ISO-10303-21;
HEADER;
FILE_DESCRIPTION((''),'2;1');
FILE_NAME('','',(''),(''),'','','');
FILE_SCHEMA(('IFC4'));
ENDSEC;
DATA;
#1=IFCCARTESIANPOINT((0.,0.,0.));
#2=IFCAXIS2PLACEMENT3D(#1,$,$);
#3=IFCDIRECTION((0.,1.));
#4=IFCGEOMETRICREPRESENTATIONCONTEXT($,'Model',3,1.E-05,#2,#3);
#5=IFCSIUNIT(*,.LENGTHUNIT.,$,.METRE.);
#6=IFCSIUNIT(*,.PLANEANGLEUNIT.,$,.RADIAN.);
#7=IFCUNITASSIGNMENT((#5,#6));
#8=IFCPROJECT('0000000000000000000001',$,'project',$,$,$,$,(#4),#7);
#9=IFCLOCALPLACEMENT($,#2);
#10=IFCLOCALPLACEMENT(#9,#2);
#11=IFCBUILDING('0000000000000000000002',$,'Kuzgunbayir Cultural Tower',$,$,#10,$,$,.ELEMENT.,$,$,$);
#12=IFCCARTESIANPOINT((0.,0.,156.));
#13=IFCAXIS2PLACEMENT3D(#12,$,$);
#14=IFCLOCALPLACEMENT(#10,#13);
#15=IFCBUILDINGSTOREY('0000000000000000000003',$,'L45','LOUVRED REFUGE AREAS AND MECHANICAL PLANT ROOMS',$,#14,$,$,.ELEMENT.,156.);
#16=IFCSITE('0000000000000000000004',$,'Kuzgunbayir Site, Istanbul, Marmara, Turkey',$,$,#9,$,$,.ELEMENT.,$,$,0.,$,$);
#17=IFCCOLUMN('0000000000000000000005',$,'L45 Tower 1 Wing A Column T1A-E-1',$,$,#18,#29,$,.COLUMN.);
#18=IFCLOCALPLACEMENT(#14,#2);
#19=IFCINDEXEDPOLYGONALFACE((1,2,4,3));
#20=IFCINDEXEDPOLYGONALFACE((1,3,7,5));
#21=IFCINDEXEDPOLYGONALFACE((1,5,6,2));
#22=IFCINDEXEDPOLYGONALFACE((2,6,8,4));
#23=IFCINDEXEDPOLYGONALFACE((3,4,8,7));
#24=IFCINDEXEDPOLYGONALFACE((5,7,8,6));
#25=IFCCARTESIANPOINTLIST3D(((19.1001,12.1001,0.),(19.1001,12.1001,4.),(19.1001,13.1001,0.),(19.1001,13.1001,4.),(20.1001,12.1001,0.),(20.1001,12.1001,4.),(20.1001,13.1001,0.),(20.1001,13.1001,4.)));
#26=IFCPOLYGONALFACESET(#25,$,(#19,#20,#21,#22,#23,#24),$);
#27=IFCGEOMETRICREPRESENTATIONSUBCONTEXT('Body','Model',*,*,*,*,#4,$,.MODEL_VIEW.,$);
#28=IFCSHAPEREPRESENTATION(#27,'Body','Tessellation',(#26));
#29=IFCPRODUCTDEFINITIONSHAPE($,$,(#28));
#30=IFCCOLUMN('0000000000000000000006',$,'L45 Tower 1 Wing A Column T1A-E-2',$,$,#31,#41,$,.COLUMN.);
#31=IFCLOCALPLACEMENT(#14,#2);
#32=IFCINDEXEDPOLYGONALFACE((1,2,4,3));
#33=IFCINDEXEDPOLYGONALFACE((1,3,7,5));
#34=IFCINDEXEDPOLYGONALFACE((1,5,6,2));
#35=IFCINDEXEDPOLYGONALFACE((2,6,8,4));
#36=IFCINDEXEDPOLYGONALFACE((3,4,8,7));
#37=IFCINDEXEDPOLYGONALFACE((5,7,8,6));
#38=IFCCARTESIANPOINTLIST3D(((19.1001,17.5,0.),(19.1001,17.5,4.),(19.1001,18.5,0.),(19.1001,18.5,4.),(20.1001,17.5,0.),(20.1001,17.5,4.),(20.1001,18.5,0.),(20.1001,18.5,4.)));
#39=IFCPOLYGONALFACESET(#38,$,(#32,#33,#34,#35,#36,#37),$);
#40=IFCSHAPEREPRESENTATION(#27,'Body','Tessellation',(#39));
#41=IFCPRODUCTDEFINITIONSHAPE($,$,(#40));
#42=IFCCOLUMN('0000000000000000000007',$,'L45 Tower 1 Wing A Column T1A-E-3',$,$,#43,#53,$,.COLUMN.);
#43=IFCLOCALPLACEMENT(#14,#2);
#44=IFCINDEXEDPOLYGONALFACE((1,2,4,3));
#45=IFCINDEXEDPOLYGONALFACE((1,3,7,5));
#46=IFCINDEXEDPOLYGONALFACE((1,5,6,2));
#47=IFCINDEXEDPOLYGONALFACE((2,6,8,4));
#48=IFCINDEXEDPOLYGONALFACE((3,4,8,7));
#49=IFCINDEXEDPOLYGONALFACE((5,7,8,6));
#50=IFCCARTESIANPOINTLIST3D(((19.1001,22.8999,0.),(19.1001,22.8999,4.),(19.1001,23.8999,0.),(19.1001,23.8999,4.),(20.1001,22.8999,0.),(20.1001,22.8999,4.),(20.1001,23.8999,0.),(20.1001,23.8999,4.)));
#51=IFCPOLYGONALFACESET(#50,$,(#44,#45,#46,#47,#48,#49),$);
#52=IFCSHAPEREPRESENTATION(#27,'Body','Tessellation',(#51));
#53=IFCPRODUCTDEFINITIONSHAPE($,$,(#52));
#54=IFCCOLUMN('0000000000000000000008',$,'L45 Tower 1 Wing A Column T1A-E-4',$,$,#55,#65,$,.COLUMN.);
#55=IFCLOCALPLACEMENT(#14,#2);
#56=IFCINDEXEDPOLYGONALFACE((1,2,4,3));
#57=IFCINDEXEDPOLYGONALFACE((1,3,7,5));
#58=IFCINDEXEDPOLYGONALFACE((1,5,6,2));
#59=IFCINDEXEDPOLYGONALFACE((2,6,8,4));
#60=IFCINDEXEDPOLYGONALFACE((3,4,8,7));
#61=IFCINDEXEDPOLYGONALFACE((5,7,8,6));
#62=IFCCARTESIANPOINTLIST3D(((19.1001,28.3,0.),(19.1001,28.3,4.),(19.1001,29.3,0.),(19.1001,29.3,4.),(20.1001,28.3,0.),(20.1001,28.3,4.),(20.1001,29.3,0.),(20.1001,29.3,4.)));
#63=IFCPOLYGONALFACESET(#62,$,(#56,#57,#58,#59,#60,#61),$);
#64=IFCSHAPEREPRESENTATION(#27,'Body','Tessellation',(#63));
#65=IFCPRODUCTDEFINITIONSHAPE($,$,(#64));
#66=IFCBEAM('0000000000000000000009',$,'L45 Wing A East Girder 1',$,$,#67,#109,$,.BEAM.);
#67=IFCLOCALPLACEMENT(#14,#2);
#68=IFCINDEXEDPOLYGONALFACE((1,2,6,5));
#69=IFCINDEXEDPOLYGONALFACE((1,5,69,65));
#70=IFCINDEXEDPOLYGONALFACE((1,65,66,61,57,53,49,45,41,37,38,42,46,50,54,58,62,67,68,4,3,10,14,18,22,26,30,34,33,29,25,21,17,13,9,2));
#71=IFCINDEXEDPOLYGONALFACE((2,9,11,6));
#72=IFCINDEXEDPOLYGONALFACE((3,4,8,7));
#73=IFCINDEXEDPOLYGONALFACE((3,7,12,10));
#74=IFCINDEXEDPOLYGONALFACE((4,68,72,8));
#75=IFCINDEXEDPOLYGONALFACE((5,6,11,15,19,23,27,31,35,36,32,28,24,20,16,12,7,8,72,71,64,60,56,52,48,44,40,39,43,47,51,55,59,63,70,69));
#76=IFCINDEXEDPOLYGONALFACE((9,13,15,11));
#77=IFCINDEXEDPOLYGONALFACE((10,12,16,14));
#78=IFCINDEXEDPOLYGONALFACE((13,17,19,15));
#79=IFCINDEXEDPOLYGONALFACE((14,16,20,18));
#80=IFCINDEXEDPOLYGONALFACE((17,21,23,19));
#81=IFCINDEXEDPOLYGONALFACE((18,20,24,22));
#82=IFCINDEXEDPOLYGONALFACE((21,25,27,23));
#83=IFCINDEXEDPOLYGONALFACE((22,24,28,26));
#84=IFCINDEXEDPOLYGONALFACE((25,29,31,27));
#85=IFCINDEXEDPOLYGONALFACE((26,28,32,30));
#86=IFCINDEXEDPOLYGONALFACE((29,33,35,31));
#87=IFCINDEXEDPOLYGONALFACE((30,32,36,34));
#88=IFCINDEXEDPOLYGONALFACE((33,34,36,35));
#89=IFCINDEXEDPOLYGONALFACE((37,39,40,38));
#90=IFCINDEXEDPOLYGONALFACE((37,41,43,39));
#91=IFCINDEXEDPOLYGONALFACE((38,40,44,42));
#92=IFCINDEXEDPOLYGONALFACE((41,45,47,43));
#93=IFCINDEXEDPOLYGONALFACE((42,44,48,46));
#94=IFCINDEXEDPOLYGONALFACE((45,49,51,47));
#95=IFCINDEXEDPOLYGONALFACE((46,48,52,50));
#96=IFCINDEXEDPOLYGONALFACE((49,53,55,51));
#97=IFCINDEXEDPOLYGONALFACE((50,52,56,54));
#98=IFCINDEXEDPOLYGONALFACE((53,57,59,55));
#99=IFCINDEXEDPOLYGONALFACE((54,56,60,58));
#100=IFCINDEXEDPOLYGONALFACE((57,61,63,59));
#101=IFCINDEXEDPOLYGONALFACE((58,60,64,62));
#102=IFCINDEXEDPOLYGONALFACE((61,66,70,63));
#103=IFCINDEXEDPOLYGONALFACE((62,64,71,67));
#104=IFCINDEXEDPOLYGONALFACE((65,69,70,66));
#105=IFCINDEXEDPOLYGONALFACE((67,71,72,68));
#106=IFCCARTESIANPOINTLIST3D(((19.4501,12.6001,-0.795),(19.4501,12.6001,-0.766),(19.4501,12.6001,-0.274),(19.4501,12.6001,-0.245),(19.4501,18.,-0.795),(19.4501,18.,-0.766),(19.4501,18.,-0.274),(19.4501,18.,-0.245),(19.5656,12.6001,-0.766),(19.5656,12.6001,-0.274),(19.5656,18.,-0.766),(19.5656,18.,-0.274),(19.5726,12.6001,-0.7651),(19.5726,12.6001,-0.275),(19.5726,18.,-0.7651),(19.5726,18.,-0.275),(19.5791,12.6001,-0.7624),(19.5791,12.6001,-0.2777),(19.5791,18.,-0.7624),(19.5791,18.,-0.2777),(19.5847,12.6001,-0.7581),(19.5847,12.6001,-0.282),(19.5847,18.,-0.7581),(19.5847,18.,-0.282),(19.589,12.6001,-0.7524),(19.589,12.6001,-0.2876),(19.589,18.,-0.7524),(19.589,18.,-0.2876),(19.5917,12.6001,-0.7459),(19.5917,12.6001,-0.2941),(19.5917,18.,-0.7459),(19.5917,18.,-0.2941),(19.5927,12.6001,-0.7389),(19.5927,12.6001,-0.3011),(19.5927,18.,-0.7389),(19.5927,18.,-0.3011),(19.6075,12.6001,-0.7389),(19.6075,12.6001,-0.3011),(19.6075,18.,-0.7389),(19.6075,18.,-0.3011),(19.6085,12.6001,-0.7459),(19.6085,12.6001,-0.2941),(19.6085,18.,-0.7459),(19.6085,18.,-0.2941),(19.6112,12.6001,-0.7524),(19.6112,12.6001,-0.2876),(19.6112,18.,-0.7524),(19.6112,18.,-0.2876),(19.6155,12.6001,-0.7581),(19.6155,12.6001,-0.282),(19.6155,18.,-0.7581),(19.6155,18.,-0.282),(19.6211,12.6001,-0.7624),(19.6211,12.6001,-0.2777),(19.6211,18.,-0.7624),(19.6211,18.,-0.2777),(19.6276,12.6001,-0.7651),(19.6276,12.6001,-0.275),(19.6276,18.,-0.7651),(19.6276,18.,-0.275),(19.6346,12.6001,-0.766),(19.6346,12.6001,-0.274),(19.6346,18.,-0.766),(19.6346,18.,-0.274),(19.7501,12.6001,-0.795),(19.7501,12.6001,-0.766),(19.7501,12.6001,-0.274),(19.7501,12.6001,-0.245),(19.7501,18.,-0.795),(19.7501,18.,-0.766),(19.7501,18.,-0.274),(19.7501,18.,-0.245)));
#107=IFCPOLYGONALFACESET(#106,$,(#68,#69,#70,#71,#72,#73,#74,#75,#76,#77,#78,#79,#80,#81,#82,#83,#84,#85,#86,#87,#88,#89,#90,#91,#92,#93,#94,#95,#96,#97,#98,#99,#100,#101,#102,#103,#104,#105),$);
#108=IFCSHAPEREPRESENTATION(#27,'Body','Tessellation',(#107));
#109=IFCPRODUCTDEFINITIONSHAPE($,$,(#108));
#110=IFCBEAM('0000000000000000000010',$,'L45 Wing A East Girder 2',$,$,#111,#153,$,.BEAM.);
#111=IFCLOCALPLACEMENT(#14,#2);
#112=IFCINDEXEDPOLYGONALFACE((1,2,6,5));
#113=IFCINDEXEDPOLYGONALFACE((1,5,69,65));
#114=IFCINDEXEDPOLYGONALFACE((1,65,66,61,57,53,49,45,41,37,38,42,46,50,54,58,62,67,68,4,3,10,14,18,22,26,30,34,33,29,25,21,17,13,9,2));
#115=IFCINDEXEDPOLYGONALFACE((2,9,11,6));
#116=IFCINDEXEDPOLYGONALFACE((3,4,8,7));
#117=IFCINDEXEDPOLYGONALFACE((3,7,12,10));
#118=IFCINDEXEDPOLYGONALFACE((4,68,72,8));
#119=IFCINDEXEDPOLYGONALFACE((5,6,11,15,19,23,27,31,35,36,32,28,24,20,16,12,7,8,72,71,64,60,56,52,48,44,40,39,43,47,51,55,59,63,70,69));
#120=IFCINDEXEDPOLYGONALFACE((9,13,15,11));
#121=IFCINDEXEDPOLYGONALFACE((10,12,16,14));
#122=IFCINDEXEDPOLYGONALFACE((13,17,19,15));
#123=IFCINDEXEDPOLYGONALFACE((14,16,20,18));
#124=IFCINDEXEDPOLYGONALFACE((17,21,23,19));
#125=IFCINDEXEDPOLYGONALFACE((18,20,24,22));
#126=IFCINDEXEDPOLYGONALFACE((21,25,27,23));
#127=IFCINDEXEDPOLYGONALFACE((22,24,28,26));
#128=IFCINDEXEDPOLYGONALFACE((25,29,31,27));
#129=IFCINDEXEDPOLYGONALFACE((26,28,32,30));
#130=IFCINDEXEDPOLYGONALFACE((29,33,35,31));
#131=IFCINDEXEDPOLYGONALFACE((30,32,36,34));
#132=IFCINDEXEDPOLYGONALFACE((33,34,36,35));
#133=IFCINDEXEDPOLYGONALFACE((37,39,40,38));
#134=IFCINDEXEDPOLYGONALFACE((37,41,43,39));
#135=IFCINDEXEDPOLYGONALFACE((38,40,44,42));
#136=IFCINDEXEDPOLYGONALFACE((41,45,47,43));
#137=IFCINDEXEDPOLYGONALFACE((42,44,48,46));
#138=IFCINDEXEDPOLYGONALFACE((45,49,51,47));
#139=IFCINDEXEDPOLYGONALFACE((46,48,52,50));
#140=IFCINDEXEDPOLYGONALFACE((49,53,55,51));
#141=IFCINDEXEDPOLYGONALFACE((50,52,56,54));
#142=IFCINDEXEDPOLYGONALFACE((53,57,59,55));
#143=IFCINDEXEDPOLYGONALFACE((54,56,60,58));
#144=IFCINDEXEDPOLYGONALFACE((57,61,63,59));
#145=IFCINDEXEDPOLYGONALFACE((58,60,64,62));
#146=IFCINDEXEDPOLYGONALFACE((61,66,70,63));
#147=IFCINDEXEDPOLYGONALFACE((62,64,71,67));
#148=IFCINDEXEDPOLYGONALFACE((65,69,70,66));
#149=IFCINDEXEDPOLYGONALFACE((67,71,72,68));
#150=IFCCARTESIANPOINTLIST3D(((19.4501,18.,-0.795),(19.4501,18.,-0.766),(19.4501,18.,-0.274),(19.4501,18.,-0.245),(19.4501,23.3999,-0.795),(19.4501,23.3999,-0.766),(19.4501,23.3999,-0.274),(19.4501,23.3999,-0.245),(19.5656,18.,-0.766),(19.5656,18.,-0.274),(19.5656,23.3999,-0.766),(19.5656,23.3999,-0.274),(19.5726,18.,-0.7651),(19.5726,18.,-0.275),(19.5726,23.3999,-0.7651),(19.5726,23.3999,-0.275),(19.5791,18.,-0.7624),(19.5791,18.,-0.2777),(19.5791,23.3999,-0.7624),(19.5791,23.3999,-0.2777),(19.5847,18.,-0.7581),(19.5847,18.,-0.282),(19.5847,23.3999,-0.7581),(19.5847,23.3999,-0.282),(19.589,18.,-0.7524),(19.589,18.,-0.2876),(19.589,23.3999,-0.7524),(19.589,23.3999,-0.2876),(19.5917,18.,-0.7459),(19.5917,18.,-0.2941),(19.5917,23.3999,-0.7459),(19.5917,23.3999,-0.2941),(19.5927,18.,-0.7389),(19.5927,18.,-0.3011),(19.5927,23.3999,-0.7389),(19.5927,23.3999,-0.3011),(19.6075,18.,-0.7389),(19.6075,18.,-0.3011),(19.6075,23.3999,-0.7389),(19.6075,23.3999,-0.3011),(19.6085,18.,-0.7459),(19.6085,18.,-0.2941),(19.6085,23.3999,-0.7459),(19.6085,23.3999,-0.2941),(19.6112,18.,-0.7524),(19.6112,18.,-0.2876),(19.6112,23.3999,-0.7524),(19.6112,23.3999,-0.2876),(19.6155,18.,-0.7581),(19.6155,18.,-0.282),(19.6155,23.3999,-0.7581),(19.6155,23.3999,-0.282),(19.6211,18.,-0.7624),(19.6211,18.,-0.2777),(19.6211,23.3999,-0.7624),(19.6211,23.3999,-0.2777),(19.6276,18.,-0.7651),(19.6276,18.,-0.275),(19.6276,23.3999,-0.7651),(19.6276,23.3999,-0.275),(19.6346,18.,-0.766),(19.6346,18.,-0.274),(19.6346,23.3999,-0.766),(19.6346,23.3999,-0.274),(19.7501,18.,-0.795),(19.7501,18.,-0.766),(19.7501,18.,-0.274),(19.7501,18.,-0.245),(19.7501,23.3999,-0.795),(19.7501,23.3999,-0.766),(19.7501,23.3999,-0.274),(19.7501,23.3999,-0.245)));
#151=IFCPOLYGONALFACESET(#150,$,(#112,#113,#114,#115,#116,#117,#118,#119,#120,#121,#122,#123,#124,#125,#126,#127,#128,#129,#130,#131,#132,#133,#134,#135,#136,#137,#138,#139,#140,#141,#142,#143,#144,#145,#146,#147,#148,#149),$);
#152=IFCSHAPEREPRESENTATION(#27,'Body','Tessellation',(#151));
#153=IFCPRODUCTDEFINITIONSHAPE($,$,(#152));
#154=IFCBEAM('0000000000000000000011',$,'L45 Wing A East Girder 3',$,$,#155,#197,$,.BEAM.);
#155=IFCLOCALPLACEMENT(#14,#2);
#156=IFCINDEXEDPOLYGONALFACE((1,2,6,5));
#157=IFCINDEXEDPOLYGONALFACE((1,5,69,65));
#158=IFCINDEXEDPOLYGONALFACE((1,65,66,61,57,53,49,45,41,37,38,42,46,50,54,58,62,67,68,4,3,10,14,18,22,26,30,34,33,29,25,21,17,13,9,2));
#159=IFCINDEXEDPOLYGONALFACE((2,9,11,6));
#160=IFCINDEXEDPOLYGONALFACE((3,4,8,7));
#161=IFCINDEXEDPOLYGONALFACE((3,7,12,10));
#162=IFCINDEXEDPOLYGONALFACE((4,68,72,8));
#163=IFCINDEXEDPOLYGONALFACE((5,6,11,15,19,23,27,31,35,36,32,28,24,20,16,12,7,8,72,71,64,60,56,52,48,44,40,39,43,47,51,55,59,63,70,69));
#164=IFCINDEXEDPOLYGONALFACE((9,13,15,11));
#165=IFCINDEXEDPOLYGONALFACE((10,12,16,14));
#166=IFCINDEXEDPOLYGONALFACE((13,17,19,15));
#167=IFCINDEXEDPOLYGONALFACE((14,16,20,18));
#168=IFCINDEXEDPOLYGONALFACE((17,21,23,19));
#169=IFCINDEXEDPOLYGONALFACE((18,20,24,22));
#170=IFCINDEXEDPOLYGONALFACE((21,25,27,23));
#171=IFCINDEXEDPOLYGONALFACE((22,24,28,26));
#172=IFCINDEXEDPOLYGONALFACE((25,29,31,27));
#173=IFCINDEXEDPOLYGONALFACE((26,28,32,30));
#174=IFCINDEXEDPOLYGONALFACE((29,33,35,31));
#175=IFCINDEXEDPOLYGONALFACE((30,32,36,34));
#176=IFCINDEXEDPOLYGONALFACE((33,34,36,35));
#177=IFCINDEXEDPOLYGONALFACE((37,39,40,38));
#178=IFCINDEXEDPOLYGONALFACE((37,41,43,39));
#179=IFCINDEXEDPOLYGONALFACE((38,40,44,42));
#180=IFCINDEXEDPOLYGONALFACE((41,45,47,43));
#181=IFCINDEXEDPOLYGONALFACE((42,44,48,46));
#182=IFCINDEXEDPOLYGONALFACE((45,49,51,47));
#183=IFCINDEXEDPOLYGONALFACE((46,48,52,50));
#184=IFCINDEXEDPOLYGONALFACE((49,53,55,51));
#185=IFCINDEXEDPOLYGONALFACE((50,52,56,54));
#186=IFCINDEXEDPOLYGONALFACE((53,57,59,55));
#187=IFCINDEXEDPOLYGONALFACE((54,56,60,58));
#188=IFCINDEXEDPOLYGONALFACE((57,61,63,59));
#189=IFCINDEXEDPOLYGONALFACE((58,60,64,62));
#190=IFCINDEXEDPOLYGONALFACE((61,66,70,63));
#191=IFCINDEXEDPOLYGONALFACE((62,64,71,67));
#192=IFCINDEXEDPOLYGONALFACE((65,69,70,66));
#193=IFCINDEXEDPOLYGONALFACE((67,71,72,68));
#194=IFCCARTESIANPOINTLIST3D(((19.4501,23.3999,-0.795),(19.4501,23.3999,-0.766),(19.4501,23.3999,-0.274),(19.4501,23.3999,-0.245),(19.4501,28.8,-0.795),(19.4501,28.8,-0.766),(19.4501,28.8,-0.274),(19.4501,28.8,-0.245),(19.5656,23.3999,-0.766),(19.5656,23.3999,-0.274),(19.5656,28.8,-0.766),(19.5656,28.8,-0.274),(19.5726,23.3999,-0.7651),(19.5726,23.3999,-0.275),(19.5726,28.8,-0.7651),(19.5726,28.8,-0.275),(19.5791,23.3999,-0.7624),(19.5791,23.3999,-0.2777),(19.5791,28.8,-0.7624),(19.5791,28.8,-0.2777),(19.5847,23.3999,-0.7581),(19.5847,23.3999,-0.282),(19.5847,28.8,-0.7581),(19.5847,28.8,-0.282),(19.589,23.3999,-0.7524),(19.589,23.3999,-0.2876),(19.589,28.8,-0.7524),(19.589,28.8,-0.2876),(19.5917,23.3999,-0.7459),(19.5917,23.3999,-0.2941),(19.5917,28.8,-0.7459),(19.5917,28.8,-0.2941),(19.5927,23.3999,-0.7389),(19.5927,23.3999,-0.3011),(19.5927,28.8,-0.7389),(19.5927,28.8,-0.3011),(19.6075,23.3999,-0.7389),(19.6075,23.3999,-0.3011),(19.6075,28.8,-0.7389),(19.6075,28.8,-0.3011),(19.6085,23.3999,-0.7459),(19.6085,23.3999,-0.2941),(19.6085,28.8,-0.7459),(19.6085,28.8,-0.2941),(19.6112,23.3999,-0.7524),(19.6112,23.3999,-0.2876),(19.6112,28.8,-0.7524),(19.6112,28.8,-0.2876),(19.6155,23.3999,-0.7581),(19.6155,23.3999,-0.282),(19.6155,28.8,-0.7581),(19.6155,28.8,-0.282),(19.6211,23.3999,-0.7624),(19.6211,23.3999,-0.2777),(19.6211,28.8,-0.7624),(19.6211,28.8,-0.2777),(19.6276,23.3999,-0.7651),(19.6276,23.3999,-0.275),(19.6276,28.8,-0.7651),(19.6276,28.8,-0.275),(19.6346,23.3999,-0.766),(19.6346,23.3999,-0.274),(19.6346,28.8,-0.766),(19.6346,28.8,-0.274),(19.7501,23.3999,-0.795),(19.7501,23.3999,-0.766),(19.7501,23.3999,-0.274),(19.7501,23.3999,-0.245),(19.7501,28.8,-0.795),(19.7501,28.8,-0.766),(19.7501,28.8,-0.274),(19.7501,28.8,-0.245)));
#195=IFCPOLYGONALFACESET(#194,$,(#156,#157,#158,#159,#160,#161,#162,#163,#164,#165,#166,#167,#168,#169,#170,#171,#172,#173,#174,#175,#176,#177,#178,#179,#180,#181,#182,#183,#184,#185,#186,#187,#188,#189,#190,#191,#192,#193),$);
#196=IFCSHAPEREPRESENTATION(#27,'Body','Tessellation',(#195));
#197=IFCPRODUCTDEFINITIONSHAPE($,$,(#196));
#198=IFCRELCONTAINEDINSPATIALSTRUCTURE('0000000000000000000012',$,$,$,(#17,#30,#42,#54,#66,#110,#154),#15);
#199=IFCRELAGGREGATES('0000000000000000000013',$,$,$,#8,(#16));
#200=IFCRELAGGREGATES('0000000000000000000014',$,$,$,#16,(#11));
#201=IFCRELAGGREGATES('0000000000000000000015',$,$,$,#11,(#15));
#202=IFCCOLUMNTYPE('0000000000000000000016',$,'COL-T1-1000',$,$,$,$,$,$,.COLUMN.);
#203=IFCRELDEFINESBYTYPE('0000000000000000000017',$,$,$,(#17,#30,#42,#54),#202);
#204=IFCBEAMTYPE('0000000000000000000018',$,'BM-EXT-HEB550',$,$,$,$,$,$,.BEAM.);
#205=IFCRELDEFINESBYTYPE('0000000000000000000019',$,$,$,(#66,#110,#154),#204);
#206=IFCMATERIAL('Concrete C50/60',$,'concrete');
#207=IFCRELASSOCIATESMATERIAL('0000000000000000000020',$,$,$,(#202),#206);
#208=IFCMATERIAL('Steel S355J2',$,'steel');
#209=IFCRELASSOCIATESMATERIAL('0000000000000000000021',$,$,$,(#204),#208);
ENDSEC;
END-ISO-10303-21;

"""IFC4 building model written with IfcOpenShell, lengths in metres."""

from ifc_helpers import new_model, si_unit, direction, frame, origin, origin_2d, place, context, subcontext, project, spatial, rectangle, i_section, extrude, material, material_profile, profile_set, type_object, element, save


model = new_model("IFC4")

# Units and contexts
model_context = context("Model", 3, precision=1e-05, world=origin(), true_north=direction((0.0, 1.0)))
body_context = subcontext(model_context, "Body", "Model", "MODEL_VIEW")
ifc_project = project(units=[si_unit("LENGTHUNIT", "METRE"), si_unit("PLANEANGLEUNIT", "RADIAN")], contexts=[model_context])

# Site, building, storey
site_placement = place(None, origin())
site = spatial("IfcSite", under=ifc_project, at=site_placement, Name="Kuzgunbayir Site, Istanbul, Marmara, Turkey", CompositionType="ELEMENT", RefElevation=0.0)
building_placement = place(site_placement, origin())
building = spatial("IfcBuilding", under=site, at=building_placement, Name="Kuzgunbayir Cultural Tower", CompositionType="ELEMENT")
storey_placement = place(building_placement, frame((0.0, 0.0, 156.0)))
storey = spatial("IfcBuildingStorey", under=building, at=storey_placement, Name="L45", Description="LOUVRED REFUGE AREAS AND MECHANICAL PLANT ROOMS", CompositionType="ELEMENT", Elevation=156.0)

# Columns
ifc_material_1 = material(Name="Concrete C50/60", Category="concrete")
ifc_material_profile_1 = material_profile(ifc_material_1, rectangle(XDim=1.0, YDim=1.0, at=origin_2d()), Name="RC 1000x1000")
ifc_profile_set_1 = profile_set([ifc_material_profile_1], Name="Concrete C50/60")
column_type = type_object("IfcColumnType", Name="COL-T1-1000", PredefinedType="COLUMN", material=ifc_profile_set_1)
for number, where, z_axis, x_axis, name in (
    (1, (19.6001, 12.6001, 0.0), (0.0, 0.0, 1.0), (1.0, 0.0, 0.0), "L45 Tower 1 Wing A Column T1A-E-1"),
    (2, (19.6001, 18.0, 0.0), (0.0, 0.0, 1.0), (1.0, 0.0, 0.0), "L45 Tower 1 Wing A Column T1A-E-2"),
    (3, (19.6001, 23.3999, 0.0), (0.0, 0.0, 1.0), (1.0, 0.0, 0.0), "L45 Tower 1 Wing A Column T1A-E-3"),
    (4, (19.6001, 28.8, 0.0), (0.0, 0.0, 1.0), (1.0, 0.0, 0.0), "L45 Tower 1 Wing A Column T1A-E-4"),
):
    element("IfcColumn", number, at=place(storey_placement, frame(where, z_axis=z_axis, x_axis=x_axis)), inside=storey, type_object=column_type, Name=name, PredefinedType="COLUMN", context=body_context, shape_type="SweptSolid", body=[
        extrude(rectangle(XDim=1.0, YDim=1.0, at=origin_2d()), origin(), (0.0, 0.0, 1.0), 4.0),
    ])

# Beams
ifc_material_2 = material(Name="Steel S355J2", Category="steel")
ifc_material_profile_2 = material_profile(ifc_material_2, i_section(OverallWidth=0.3, OverallDepth=0.55, WebThickness=0.0149, FlangeThickness=0.0291, FilletRadius=0.0271, at=origin_2d()), Name="HEB 550")
ifc_profile_set_2 = profile_set([ifc_material_profile_2], Name="Steel S355J2")
beam_type_1 = type_object("IfcBeamType", Name="BM-EXT-HEB550", PredefinedType="BEAM", material=ifc_profile_set_2)
for number, where, z_axis, x_axis, name in (
    (5, (19.6001, 12.6001, -0.52), (0.0, 1.0, 0.0), (-1.0, 0.0, 0.0), "L45 Wing A East Girder 1"),
    (6, (19.6001, 18.0, -0.52), (0.0, 1.0, 0.0), (-1.0, 0.0, 0.0), "L45 Wing A East Girder 2"),
):
    element("IfcBeam", number, at=place(storey_placement, frame(where, z_axis=z_axis, x_axis=x_axis)), inside=storey, type_object=beam_type_1, Name=name, PredefinedType="BEAM", context=body_context, shape_type="SweptSolid", body=[
        extrude(i_section(OverallWidth=0.3, OverallDepth=0.55, WebThickness=0.0149, FlangeThickness=0.0291, FilletRadius=0.0271, at=origin_2d()), origin(), (0.0, 0.0, 1.0), 5.3999),
    ])
beam_1_placement = place(storey_placement, frame((19.6001, 23.3999, -0.52), z_axis=(0.0, 1.0, 0.0), x_axis=(-1.0, 0.0, 0.0)))
element("IfcBeam", 7, at=beam_1_placement, inside=storey, type_object=beam_type_1, Name="L45 Wing A East Girder 3", PredefinedType="BEAM", context=body_context, shape_type="SweptSolid", body=[
    extrude(i_section(OverallWidth=0.3, OverallDepth=0.55, WebThickness=0.0149, FlangeThickness=0.0291, FilletRadius=0.0271, at=origin_2d()), origin(), (0.0, 0.0, 1.0), 5.4001),
])

save(model, "model.ifc")
